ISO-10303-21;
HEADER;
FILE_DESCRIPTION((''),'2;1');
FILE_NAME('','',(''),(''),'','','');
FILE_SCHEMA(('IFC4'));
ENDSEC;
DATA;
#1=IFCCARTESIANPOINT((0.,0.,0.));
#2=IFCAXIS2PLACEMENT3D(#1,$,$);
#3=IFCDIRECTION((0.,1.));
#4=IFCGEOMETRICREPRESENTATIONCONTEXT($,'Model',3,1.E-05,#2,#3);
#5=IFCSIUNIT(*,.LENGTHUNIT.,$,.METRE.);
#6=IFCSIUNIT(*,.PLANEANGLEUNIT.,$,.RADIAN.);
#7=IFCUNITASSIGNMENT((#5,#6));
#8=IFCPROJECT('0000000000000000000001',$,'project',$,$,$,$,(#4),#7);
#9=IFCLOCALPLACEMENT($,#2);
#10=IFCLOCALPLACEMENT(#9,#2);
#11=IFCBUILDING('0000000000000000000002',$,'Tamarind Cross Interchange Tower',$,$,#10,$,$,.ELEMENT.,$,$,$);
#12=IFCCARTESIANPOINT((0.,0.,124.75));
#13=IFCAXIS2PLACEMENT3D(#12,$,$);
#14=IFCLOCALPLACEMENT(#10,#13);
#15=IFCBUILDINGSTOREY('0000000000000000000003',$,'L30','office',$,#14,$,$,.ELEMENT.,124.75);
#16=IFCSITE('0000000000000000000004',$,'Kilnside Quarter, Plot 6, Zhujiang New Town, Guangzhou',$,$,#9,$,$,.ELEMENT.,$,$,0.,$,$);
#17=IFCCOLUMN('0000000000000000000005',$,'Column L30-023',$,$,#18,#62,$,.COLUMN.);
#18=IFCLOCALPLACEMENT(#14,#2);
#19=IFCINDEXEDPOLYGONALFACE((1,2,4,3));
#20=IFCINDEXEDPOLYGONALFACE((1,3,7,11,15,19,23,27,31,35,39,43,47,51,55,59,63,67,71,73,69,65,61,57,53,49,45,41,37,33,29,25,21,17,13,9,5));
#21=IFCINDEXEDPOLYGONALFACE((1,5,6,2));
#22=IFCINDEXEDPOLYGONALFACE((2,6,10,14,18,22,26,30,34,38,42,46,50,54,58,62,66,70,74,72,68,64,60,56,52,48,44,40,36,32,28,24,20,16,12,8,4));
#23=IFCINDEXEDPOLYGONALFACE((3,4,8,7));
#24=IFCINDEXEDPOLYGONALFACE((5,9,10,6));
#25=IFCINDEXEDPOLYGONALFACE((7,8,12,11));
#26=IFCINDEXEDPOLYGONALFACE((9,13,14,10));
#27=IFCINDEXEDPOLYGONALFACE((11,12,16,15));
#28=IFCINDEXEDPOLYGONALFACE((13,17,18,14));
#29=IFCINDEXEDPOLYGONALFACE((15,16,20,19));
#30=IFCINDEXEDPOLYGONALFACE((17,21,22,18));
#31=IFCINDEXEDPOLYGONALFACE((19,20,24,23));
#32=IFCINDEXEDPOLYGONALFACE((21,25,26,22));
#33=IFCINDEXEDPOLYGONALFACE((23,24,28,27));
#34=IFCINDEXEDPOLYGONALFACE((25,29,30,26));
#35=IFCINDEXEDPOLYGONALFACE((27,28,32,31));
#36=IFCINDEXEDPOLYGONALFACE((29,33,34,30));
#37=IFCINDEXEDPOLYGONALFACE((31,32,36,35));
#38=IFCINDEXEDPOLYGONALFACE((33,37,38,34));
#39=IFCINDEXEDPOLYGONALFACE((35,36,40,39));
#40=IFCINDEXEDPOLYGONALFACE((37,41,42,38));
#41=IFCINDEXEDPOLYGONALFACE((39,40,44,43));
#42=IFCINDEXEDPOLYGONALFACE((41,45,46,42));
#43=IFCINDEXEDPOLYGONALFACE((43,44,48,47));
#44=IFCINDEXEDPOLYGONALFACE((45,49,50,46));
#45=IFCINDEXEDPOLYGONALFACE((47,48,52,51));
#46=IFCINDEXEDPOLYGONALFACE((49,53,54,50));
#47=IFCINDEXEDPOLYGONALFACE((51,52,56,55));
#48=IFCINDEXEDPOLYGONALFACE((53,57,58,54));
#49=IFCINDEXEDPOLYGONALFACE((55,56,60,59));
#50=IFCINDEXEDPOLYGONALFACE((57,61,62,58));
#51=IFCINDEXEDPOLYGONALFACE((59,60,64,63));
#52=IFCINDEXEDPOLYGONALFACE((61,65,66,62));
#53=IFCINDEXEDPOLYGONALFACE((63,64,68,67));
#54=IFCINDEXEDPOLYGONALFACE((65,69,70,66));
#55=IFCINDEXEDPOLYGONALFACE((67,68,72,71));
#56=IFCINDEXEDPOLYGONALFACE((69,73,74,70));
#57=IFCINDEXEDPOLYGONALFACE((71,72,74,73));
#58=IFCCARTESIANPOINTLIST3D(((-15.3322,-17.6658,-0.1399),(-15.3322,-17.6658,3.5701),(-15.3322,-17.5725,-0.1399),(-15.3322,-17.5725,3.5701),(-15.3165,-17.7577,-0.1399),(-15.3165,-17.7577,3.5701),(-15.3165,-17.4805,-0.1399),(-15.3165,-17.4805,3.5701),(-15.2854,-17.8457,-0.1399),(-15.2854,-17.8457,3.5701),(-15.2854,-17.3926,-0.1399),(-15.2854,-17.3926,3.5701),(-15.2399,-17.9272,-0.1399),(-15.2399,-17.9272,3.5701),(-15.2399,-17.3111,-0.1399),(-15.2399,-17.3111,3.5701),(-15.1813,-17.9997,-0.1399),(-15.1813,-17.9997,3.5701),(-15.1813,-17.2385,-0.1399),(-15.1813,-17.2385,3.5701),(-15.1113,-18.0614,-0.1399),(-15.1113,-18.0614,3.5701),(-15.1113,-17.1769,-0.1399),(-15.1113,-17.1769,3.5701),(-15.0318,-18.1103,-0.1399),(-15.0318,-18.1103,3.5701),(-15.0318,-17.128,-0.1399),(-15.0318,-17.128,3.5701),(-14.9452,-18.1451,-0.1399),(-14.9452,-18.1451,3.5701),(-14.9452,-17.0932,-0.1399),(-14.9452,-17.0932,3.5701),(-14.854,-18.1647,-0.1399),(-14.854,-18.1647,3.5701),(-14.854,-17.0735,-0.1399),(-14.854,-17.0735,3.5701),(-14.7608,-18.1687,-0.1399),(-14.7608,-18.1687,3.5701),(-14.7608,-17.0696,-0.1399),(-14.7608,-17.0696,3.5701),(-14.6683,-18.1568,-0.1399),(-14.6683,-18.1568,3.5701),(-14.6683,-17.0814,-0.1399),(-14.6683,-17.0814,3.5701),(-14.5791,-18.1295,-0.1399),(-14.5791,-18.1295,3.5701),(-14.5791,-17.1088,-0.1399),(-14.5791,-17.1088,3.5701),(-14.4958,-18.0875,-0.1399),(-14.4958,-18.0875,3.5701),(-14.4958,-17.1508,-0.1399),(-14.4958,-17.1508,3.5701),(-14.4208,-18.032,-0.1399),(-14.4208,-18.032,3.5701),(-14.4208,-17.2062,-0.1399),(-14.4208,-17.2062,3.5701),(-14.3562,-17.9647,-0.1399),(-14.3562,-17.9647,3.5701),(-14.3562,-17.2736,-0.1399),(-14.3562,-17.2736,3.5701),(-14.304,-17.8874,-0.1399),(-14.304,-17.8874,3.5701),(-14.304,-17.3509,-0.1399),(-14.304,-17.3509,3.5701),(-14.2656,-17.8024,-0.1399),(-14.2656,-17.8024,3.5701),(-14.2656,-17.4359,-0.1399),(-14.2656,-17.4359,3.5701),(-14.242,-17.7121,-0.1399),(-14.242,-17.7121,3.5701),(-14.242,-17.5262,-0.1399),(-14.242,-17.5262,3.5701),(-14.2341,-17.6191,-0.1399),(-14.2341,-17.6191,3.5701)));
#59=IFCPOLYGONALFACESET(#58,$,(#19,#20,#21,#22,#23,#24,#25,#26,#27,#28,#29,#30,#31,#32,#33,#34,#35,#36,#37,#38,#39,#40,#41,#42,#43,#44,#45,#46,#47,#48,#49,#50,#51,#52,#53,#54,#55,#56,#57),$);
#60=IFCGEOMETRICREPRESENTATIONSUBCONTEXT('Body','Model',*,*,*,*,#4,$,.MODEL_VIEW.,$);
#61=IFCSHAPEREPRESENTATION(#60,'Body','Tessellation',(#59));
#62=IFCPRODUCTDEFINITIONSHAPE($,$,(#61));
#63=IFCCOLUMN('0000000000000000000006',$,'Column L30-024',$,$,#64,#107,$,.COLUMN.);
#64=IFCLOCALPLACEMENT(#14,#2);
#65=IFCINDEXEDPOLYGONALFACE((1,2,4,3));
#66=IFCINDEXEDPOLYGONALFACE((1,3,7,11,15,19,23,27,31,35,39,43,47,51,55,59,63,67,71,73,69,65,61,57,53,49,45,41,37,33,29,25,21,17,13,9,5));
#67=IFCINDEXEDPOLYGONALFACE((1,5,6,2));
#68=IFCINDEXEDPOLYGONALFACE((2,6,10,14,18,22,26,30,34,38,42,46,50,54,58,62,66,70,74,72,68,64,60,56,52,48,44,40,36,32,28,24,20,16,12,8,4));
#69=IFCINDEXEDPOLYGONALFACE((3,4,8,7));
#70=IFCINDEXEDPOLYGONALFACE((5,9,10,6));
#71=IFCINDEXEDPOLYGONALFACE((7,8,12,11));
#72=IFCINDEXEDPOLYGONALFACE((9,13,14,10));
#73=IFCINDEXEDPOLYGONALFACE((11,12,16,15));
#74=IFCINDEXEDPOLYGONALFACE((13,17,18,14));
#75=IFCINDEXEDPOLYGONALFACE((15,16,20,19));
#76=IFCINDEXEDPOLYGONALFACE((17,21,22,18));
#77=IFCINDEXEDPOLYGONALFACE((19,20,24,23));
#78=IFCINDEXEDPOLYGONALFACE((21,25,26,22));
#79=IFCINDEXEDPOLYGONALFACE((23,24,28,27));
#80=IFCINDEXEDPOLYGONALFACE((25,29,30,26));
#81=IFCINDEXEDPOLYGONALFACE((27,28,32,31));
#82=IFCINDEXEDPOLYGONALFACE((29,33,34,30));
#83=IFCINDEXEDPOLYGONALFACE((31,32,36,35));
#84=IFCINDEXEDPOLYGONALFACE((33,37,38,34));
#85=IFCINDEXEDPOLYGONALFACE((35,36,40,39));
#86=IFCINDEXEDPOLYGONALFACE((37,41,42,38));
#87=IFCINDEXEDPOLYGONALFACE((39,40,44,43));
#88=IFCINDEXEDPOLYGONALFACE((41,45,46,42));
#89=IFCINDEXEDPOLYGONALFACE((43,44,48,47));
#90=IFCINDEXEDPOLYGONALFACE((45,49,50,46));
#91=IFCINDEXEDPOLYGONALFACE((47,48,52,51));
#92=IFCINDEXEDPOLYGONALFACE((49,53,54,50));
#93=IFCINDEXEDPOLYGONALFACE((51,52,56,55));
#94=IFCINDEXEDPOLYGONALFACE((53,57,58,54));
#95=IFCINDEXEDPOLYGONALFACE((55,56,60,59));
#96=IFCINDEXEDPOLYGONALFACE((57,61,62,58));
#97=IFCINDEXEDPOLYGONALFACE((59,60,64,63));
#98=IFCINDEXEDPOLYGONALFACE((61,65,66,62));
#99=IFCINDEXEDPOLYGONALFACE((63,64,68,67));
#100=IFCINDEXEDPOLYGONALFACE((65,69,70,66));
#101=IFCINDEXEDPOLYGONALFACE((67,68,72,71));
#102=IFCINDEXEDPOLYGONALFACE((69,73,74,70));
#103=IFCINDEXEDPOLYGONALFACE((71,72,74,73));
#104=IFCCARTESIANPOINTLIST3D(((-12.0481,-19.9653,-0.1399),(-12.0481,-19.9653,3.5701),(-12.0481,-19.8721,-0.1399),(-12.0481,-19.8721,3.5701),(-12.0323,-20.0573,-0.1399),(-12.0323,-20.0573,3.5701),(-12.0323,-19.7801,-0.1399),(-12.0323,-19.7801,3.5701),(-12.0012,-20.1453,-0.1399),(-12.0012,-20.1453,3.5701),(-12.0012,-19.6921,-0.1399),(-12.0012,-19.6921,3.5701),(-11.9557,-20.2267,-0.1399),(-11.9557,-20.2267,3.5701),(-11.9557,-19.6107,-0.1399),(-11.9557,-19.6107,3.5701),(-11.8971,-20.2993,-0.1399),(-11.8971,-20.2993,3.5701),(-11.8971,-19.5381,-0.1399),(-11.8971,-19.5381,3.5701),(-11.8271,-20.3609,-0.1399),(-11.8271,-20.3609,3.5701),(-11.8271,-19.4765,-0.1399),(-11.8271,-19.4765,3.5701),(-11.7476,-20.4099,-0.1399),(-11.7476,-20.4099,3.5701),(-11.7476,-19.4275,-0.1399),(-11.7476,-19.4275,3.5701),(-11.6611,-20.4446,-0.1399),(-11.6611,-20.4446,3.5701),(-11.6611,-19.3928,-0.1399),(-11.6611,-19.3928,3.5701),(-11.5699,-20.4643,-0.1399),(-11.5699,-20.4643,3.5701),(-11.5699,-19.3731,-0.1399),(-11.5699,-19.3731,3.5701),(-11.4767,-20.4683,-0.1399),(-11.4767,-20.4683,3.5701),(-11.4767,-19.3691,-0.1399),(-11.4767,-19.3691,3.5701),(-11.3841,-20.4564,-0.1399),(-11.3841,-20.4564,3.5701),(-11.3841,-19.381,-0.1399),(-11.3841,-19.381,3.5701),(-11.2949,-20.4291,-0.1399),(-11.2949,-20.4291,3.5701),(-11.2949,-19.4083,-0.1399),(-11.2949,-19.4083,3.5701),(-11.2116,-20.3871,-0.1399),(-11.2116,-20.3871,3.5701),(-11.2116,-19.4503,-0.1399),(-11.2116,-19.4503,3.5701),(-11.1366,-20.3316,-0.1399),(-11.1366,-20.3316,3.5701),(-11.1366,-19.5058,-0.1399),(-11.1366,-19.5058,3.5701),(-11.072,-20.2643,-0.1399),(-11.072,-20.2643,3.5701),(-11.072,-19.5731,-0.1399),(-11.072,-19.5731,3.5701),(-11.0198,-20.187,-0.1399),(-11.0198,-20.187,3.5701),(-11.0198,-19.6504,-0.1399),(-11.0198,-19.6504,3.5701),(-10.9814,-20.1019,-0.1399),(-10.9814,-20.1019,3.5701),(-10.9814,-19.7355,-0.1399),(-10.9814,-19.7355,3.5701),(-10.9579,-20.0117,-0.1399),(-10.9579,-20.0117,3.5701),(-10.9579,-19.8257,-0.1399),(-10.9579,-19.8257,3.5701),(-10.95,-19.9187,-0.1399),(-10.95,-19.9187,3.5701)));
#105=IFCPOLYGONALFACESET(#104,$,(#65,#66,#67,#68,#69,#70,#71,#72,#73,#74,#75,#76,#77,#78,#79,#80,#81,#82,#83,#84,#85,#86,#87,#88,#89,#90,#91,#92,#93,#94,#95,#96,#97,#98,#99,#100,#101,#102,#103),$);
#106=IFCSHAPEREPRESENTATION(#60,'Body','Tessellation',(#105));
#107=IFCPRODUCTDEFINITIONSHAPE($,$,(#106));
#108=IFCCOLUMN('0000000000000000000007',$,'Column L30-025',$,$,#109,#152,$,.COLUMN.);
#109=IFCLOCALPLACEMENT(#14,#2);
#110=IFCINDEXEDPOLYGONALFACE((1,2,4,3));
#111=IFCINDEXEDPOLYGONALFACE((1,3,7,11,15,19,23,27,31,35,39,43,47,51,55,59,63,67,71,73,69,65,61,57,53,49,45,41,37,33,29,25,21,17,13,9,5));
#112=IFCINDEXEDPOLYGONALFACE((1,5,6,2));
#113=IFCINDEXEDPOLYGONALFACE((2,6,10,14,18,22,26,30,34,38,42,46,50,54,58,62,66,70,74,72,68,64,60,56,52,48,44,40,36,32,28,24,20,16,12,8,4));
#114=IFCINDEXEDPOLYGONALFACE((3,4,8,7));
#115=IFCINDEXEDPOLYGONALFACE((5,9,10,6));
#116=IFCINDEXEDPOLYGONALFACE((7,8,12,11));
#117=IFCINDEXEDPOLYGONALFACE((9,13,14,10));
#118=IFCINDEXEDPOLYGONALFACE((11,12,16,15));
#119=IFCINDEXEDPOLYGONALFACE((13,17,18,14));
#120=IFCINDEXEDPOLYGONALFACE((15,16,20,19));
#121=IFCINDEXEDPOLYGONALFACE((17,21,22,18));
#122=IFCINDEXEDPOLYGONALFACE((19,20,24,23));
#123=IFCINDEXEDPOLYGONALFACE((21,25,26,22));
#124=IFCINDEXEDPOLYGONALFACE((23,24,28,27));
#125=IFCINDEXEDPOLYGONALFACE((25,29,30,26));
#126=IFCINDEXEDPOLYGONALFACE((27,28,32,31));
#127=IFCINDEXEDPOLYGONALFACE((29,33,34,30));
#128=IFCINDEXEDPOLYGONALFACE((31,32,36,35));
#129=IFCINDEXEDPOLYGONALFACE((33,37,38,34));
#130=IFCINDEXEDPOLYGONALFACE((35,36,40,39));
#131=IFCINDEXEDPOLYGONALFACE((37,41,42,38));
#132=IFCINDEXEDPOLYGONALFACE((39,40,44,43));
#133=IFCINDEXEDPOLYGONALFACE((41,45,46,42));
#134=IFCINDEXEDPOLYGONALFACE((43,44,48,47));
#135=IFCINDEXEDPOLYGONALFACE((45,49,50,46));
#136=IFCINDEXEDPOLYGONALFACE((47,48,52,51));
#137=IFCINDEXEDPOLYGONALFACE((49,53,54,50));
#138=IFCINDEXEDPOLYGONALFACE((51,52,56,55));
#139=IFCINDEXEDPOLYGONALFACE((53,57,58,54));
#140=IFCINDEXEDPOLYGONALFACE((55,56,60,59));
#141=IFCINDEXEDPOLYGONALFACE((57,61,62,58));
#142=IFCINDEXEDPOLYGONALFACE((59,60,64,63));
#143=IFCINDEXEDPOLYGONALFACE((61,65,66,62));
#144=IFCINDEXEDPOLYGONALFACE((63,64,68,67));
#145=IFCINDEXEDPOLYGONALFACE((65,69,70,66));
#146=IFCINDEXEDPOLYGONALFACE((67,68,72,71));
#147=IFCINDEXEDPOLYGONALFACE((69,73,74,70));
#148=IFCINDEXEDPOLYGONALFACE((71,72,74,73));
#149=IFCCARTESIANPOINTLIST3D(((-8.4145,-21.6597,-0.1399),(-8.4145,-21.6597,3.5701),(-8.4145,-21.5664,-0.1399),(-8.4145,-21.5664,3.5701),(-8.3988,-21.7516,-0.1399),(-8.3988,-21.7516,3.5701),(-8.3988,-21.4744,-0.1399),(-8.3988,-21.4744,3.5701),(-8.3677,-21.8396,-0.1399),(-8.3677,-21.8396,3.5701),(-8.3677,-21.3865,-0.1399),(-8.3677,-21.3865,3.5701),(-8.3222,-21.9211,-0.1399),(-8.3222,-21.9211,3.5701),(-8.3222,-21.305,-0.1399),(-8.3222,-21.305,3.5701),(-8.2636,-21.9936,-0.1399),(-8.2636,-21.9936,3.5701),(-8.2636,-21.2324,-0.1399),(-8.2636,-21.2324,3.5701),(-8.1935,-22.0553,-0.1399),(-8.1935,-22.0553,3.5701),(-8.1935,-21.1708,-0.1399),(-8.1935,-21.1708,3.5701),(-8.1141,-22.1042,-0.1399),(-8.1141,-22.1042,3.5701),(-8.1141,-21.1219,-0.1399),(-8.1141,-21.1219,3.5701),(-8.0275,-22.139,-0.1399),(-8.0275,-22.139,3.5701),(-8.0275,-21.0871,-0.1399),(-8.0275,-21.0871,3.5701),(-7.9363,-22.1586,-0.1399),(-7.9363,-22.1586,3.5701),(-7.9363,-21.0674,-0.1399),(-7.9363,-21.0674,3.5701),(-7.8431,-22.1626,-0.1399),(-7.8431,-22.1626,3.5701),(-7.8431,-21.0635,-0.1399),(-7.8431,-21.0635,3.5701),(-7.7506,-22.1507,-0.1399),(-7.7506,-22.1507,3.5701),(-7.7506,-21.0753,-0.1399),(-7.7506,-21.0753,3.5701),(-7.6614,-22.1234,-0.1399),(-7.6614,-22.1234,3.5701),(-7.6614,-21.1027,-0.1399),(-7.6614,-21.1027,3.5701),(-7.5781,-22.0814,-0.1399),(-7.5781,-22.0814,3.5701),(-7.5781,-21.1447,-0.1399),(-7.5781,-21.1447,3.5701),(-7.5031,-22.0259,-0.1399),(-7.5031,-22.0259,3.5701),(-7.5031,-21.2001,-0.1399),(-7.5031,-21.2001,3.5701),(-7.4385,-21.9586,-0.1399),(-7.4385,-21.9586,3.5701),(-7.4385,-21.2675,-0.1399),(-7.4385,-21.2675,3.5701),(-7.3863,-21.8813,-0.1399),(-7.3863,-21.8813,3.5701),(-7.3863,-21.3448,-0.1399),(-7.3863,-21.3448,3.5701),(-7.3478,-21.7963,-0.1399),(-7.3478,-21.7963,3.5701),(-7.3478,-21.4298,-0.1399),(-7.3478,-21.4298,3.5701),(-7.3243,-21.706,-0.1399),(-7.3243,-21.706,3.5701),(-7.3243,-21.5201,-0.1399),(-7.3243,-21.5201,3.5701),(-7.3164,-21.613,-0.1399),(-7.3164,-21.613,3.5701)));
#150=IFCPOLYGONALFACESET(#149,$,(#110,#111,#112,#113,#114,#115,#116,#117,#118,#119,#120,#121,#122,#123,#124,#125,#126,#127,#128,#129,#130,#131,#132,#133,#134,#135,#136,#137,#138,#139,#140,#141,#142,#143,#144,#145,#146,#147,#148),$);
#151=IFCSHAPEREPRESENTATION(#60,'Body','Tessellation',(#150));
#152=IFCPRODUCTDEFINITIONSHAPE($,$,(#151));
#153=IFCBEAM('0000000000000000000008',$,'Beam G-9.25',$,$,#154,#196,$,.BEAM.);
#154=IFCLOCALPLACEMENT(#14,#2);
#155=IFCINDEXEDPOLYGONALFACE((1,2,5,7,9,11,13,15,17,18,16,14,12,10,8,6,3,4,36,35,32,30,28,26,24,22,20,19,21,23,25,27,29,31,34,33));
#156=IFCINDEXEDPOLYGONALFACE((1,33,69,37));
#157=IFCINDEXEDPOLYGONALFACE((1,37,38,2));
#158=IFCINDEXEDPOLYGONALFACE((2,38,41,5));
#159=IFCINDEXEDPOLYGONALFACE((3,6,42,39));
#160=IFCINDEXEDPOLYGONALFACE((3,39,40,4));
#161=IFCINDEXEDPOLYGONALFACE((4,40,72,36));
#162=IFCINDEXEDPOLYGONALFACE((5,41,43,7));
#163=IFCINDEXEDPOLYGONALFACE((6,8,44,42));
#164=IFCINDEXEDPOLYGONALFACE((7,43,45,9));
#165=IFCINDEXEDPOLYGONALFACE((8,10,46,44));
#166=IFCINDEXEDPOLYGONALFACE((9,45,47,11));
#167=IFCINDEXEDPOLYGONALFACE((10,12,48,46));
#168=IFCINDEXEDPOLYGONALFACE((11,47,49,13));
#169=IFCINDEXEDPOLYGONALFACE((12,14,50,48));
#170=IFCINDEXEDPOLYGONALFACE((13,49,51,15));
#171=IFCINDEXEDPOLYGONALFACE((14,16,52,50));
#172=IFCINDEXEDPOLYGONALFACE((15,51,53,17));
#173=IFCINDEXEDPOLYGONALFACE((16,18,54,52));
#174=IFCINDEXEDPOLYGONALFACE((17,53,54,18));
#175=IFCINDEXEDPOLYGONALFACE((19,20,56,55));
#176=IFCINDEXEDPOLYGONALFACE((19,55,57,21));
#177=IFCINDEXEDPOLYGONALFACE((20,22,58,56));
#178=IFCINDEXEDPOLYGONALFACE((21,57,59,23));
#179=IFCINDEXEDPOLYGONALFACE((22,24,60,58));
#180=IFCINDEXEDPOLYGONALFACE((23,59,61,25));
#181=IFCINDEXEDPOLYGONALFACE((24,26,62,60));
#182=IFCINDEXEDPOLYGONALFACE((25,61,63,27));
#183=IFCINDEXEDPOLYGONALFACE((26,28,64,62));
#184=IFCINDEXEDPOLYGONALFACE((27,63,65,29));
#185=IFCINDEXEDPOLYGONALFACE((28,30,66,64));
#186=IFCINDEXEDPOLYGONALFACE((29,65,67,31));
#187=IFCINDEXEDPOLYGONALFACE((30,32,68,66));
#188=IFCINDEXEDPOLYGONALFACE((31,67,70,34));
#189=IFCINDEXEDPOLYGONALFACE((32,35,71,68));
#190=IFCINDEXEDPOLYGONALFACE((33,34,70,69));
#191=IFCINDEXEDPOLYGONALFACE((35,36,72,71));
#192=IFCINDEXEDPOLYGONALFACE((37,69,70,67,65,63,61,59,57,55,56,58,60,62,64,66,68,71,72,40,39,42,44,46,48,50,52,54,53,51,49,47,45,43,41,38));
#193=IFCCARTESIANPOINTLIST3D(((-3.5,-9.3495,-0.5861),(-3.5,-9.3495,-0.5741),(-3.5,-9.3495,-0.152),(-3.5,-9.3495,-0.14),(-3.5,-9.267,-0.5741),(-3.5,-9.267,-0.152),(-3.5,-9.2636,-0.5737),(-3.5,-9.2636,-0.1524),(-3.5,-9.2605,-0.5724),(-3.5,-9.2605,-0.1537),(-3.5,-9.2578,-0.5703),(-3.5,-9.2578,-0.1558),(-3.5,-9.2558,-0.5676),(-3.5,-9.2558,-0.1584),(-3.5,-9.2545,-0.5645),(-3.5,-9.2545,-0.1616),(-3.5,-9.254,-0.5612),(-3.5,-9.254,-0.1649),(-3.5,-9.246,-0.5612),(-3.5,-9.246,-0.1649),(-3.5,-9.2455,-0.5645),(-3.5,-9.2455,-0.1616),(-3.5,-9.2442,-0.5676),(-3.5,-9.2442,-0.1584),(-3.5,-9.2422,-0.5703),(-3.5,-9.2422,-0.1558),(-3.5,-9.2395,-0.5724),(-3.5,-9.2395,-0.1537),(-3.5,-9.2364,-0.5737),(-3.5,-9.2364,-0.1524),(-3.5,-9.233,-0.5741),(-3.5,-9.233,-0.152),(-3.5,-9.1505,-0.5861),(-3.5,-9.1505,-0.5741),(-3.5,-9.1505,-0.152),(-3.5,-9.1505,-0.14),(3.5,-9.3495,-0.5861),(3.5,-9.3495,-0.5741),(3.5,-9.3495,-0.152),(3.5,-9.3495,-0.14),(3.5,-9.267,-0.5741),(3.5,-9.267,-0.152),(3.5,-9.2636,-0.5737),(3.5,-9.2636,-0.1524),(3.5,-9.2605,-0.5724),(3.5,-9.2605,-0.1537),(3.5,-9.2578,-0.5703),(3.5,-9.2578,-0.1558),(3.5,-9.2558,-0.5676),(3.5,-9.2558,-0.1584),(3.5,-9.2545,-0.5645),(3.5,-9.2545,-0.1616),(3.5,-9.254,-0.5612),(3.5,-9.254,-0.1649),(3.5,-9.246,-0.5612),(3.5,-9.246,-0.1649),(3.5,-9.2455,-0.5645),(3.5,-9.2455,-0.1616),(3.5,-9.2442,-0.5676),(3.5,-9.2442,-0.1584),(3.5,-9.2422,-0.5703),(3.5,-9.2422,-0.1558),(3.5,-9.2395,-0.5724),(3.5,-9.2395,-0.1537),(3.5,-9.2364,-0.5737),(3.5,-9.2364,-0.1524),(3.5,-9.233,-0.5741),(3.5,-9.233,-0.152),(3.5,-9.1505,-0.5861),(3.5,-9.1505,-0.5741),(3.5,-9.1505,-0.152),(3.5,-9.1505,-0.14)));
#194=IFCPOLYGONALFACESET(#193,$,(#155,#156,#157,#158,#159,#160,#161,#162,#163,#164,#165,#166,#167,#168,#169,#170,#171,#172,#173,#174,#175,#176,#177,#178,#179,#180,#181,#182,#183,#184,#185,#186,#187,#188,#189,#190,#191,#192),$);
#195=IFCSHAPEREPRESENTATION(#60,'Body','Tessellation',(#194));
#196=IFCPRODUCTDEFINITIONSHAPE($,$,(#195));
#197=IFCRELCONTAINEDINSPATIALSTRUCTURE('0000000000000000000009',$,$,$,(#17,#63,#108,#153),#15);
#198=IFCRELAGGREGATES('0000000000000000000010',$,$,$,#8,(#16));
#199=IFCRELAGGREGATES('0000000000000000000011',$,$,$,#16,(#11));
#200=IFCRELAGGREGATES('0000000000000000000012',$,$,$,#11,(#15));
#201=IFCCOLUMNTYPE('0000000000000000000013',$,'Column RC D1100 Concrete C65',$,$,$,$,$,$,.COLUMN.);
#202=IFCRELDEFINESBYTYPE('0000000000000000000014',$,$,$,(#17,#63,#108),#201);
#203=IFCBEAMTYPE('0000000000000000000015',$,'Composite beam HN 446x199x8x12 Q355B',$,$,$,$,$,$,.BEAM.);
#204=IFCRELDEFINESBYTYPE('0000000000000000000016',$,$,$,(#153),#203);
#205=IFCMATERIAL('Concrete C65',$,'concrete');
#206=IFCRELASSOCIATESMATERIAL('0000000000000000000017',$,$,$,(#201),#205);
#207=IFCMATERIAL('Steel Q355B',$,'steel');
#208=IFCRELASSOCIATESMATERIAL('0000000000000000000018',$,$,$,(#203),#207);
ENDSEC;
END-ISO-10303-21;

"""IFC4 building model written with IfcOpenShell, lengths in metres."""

from ifc_helpers import new_model, si_unit, direction, frame, origin, origin_2d, place, context, subcontext, project, spatial, circle, i_section, extrude, material, material_profile, profile_set, type_object, element, save


model = new_model("IFC4")

# Units and contexts
model_context = context("Model", 3, precision=1e-05, world=origin(), true_north=direction((0.0, 1.0)))
body_context = subcontext(model_context, "Body", "Model", "MODEL_VIEW")
ifc_project = project(units=[si_unit("LENGTHUNIT", "METRE"), si_unit("PLANEANGLEUNIT", "RADIAN")], contexts=[model_context])

# Site, building, storey
site_placement = place(None, origin())
site = spatial("IfcSite", under=ifc_project, at=site_placement, Name="Kilnside Quarter, Plot 6, Zhujiang New Town, Guangzhou", CompositionType="ELEMENT", RefElevation=0.0)
building_placement = place(site_placement, origin())
building = spatial("IfcBuilding", under=site, at=building_placement, Name="Tamarind Cross Interchange Tower", CompositionType="ELEMENT")
storey_placement = place(building_placement, frame((0.0, 0.0, 124.75)))
storey = spatial("IfcBuildingStorey", under=building, at=storey_placement, Name="L30", Description="office", CompositionType="ELEMENT", Elevation=124.75)

# Columns
ifc_material_1 = material(Name="Concrete C65", Category="concrete")
ifc_material_profile_1 = material_profile(ifc_material_1, circle(Radius=0.55, at=origin_2d()), Name="RC D1100")
ifc_profile_set_1 = profile_set([ifc_material_profile_1], Name="Concrete C65")
column_type = type_object("IfcColumnType", Name="Column RC D1100 Concrete C65", PredefinedType="COLUMN", material=ifc_profile_set_1)
for number, where, z_axis, x_axis, name in (
    (1, (-14.7842, -17.6191, -0.1399), (0.0, 0.0, 1.0), (1.0, 0.0, 0.0), "Column L30-023"),
    (2, (-11.5, -19.9187, -0.1399), (0.0, 0.0, 1.0), (1.0, 0.0, 0.0), "Column L30-024"),
    (3, (-7.8665, -21.613, -0.1399), (0.0, 0.0, 1.0), (1.0, 0.0, 0.0), "Column L30-025"),
):
    element("IfcColumn", number, at=place(storey_placement, frame(where, z_axis=z_axis, x_axis=x_axis)), inside=storey, type_object=column_type, Name=name, PredefinedType="COLUMN", context=body_context, shape_type="SweptSolid", body=[
        extrude(circle(Radius=0.55, at=origin_2d()), origin(), (0.0, 0.0, 1.0), 3.71),
    ])

# Beam
ifc_material_2 = material(Name="Steel Q355B", Category="steel")
ifc_material_profile_2 = material_profile(ifc_material_2, i_section(OverallWidth=0.199, OverallDepth=0.446, WebThickness=0.0081, FlangeThickness=0.012, FilletRadius=0.0129, at=origin_2d()), Name="HN 446x199x8x12")
ifc_profile_set_2 = profile_set([ifc_material_profile_2], Name="Steel Q355B")
beam_type_1 = type_object("IfcBeamType", Name="Composite beam HN 446x199x8x12 Q355B", PredefinedType="BEAM", material=ifc_profile_set_2)
beam_1_placement = place(storey_placement, frame((-3.5, -9.25, -0.363), z_axis=(1.0, 0.0, 0.0), x_axis=(0.0, 1.0, 0.0)))
element("IfcBeam", 4, at=beam_1_placement, inside=storey, type_object=beam_type_1, Name="Beam G-9.25", PredefinedType="BEAM", context=body_context, shape_type="SweptSolid", body=[
    extrude(i_section(OverallWidth=0.199, OverallDepth=0.446, WebThickness=0.0081, FlangeThickness=0.012, FilletRadius=0.0129, at=origin_2d()), origin(), (0.0, 0.0, 1.0), 7.0),
])

save(model, "model.ifc")
